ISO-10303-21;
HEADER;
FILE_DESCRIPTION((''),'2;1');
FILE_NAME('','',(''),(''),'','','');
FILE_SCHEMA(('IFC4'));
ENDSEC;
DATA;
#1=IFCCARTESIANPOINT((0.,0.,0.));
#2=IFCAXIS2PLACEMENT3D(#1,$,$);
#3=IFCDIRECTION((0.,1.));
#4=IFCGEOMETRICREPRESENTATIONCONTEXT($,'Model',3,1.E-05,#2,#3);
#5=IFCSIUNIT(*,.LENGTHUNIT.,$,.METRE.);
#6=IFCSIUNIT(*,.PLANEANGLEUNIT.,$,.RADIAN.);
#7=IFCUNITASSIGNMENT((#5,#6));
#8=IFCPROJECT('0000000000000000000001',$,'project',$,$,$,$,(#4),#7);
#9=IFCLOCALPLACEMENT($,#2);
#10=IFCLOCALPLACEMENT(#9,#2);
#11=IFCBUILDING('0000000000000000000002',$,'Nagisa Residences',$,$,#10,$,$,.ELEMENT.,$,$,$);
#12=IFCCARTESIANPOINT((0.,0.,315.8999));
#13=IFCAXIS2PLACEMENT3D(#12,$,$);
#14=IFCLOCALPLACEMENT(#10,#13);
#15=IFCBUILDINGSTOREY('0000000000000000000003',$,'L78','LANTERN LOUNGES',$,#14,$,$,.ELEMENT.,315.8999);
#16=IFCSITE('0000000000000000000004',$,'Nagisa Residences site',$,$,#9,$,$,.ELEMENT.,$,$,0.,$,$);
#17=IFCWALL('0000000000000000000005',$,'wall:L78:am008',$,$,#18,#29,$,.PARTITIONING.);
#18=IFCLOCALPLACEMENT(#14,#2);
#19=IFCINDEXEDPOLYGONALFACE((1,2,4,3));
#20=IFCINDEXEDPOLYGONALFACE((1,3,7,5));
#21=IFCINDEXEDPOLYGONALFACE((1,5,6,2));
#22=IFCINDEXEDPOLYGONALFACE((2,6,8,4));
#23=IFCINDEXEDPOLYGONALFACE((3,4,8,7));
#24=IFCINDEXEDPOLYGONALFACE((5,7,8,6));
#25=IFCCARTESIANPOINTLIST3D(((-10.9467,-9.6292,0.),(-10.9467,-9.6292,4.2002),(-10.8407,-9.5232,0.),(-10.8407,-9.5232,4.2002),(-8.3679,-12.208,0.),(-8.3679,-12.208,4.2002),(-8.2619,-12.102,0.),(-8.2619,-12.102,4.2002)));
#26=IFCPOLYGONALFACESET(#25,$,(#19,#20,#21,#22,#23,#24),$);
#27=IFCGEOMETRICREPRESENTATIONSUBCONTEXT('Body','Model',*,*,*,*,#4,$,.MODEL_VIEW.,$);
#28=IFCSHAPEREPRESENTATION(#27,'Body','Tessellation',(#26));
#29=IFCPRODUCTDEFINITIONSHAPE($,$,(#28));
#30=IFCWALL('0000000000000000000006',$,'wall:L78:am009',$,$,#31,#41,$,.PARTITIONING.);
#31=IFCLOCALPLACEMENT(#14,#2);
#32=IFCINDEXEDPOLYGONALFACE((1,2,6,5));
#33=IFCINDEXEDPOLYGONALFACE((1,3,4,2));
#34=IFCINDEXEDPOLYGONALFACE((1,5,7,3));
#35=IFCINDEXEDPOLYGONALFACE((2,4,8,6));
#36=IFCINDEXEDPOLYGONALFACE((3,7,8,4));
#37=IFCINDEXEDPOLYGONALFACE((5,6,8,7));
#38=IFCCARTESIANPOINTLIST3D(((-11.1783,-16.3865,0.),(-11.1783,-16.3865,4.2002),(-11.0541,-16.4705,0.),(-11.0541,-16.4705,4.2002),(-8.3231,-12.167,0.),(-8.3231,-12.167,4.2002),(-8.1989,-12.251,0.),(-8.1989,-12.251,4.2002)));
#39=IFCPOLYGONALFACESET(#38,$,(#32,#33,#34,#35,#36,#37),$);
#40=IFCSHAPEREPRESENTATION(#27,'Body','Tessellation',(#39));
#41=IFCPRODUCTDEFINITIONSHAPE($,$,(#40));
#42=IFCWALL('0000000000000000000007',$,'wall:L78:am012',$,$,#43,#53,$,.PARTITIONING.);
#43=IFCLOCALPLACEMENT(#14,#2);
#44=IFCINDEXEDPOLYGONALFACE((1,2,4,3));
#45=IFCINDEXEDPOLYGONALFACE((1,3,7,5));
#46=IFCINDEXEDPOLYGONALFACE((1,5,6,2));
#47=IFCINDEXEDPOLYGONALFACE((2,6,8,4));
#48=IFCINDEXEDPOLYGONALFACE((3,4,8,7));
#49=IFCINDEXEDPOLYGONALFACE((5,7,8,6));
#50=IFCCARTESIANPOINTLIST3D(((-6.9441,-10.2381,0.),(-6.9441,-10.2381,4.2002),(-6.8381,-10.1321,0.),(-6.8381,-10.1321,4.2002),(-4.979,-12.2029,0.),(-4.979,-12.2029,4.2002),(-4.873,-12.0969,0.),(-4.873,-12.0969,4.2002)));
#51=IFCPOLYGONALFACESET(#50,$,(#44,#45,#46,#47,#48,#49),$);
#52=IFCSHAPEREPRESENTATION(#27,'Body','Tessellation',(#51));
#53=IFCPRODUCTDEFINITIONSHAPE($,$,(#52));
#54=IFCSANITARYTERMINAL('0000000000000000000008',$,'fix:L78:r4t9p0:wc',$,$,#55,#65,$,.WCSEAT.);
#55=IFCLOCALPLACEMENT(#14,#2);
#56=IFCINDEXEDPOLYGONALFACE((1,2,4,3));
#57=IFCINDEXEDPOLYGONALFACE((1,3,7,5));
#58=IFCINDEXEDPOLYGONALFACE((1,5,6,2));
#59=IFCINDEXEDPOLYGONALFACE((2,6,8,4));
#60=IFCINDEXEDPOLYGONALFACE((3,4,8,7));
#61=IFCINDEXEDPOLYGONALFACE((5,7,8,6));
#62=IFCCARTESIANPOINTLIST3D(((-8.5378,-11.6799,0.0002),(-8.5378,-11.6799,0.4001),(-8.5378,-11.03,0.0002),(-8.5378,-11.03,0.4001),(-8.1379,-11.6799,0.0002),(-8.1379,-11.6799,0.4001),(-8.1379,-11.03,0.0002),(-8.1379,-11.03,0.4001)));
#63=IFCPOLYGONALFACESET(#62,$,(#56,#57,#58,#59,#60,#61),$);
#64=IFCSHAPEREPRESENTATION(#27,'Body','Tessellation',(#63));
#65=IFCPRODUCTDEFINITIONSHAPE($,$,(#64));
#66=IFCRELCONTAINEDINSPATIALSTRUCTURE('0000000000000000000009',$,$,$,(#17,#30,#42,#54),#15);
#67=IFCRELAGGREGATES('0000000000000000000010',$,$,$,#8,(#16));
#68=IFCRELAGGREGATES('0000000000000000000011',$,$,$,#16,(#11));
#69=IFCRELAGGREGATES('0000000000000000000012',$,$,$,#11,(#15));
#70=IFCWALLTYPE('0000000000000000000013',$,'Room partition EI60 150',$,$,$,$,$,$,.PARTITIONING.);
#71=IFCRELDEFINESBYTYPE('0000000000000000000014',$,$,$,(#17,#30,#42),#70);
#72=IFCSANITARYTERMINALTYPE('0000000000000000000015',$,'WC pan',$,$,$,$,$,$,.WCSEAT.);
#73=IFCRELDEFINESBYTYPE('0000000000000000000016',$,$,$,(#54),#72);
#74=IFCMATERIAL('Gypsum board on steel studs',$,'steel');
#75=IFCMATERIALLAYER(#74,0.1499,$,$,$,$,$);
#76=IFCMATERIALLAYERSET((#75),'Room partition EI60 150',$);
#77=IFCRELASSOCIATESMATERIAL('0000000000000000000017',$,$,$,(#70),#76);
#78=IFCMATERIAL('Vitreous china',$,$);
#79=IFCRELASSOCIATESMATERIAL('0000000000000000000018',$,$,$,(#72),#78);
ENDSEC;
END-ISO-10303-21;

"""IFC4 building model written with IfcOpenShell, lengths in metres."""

from ifc_helpers import new_model, si_unit, direction, frame, frame_2d, origin, origin_2d, place, context, subcontext, project, spatial, rectangle, extrude, material, layer, layer_set, type_object, element, save


model = new_model("IFC4")

# Units and contexts
model_context = context("Model", 3, precision=1e-05, world=origin(), true_north=direction((0.0, 1.0)))
body_context = subcontext(model_context, "Body", "Model", "MODEL_VIEW")
ifc_project = project(units=[si_unit("LENGTHUNIT", "METRE"), si_unit("PLANEANGLEUNIT", "RADIAN")], contexts=[model_context])

# Site, building, storey
site_placement = place(None, origin())
site = spatial("IfcSite", under=ifc_project, at=site_placement, Name="Nagisa Residences site", CompositionType="ELEMENT", RefElevation=0.0)
building_placement = place(site_placement, origin())
building = spatial("IfcBuilding", under=site, at=building_placement, Name="Nagisa Residences", CompositionType="ELEMENT")
storey_placement = place(building_placement, frame((0.0, 0.0, 315.8999)))
storey = spatial("IfcBuildingStorey", under=building, at=storey_placement, Name="L78", Description="LANTERN LOUNGES", CompositionType="ELEMENT", Elevation=315.8999)

# Walls
ifc_material_1 = material(Name="Gypsum board on steel studs", Category="steel")
ifc_layer_1 = layer(ifc_material_1, 0.1499)
ifc_layer_set_1 = layer_set([ifc_layer_1], Name="Room partition EI60 150")
wall_type_1 = type_object("IfcWallType", Name="Room partition EI60 150", PredefinedType="PARTITIONING", material=ifc_layer_set_1)
wall_1_placement = place(storey_placement, frame((-8.3149, -12.155, 0.0), z_axis=(0.0, 0.0, 1.0), x_axis=(-0.707107, 0.707107, 0.0)))
element("IfcWall", 1, at=wall_1_placement, inside=storey, type_object=wall_type_1, Name="wall:L78:am008", PredefinedType="PARTITIONING", context=body_context, shape_type="SweptSolid", body=[
    extrude(rectangle(XDim=3.647, YDim=0.1499, at=frame_2d((1.8235, 0.0))), origin(), (0.0, 0.0, 1.0), 4.2002),
])
wall_2_placement = place(storey_placement, frame((-8.261, -12.209, 0.0), z_axis=(0.0, 0.0, 1.0), x_axis=(-0.560426, -0.828204, 0.0)))
element("IfcWall", 2, at=wall_2_placement, inside=storey, type_object=wall_type_1, Name="wall:L78:am009", PredefinedType="PARTITIONING", context=body_context, shape_type="SweptSolid", body=[
    extrude(rectangle(XDim=5.0947, YDim=0.1499, at=frame_2d((2.5474, 0.0))), origin(), (0.0, 0.0, 1.0), 4.2002),
])
wall_3_placement = place(storey_placement, frame((-4.926, -12.1499, 0.0), z_axis=(0.0, 0.0, 1.0), x_axis=(-0.707151, 0.707063, 0.0)))
element("IfcWall", 3, at=wall_3_placement, inside=storey, type_object=wall_type_1, Name="wall:L78:am012", PredefinedType="PARTITIONING", context=body_context, shape_type="SweptSolid", body=[
    extrude(rectangle(XDim=2.7788, YDim=0.1499, at=frame_2d((1.3894, 0.0))), origin(), (0.0, 0.0, 1.0), 4.2002),
])

# Sanitary terminal
ifc_material_2 = material(Name="Vitreous china")
sanitary_terminal_type = type_object("IfcSanitaryTerminalType", Name="WC pan", PredefinedType="WCSEAT", material=ifc_material_2)
sanitary_terminal_placement = place(storey_placement, frame((-8.3379, -11.355, 0.0002), z_axis=(0.0, 0.0, 1.0), x_axis=(1.0, 0.0, 0.0)))
element("IfcSanitaryTerminal", 4, at=sanitary_terminal_placement, inside=storey, type_object=sanitary_terminal_type, Name="fix:L78:r4t9p0:wc", PredefinedType="WCSEAT", context=body_context, shape_type="SweptSolid", body=[
    extrude(rectangle(XDim=0.3999, YDim=0.6499, at=origin_2d()), origin(), (0.0, 0.0, 1.0), 0.3999),
])

save(model, "model.ifc")
